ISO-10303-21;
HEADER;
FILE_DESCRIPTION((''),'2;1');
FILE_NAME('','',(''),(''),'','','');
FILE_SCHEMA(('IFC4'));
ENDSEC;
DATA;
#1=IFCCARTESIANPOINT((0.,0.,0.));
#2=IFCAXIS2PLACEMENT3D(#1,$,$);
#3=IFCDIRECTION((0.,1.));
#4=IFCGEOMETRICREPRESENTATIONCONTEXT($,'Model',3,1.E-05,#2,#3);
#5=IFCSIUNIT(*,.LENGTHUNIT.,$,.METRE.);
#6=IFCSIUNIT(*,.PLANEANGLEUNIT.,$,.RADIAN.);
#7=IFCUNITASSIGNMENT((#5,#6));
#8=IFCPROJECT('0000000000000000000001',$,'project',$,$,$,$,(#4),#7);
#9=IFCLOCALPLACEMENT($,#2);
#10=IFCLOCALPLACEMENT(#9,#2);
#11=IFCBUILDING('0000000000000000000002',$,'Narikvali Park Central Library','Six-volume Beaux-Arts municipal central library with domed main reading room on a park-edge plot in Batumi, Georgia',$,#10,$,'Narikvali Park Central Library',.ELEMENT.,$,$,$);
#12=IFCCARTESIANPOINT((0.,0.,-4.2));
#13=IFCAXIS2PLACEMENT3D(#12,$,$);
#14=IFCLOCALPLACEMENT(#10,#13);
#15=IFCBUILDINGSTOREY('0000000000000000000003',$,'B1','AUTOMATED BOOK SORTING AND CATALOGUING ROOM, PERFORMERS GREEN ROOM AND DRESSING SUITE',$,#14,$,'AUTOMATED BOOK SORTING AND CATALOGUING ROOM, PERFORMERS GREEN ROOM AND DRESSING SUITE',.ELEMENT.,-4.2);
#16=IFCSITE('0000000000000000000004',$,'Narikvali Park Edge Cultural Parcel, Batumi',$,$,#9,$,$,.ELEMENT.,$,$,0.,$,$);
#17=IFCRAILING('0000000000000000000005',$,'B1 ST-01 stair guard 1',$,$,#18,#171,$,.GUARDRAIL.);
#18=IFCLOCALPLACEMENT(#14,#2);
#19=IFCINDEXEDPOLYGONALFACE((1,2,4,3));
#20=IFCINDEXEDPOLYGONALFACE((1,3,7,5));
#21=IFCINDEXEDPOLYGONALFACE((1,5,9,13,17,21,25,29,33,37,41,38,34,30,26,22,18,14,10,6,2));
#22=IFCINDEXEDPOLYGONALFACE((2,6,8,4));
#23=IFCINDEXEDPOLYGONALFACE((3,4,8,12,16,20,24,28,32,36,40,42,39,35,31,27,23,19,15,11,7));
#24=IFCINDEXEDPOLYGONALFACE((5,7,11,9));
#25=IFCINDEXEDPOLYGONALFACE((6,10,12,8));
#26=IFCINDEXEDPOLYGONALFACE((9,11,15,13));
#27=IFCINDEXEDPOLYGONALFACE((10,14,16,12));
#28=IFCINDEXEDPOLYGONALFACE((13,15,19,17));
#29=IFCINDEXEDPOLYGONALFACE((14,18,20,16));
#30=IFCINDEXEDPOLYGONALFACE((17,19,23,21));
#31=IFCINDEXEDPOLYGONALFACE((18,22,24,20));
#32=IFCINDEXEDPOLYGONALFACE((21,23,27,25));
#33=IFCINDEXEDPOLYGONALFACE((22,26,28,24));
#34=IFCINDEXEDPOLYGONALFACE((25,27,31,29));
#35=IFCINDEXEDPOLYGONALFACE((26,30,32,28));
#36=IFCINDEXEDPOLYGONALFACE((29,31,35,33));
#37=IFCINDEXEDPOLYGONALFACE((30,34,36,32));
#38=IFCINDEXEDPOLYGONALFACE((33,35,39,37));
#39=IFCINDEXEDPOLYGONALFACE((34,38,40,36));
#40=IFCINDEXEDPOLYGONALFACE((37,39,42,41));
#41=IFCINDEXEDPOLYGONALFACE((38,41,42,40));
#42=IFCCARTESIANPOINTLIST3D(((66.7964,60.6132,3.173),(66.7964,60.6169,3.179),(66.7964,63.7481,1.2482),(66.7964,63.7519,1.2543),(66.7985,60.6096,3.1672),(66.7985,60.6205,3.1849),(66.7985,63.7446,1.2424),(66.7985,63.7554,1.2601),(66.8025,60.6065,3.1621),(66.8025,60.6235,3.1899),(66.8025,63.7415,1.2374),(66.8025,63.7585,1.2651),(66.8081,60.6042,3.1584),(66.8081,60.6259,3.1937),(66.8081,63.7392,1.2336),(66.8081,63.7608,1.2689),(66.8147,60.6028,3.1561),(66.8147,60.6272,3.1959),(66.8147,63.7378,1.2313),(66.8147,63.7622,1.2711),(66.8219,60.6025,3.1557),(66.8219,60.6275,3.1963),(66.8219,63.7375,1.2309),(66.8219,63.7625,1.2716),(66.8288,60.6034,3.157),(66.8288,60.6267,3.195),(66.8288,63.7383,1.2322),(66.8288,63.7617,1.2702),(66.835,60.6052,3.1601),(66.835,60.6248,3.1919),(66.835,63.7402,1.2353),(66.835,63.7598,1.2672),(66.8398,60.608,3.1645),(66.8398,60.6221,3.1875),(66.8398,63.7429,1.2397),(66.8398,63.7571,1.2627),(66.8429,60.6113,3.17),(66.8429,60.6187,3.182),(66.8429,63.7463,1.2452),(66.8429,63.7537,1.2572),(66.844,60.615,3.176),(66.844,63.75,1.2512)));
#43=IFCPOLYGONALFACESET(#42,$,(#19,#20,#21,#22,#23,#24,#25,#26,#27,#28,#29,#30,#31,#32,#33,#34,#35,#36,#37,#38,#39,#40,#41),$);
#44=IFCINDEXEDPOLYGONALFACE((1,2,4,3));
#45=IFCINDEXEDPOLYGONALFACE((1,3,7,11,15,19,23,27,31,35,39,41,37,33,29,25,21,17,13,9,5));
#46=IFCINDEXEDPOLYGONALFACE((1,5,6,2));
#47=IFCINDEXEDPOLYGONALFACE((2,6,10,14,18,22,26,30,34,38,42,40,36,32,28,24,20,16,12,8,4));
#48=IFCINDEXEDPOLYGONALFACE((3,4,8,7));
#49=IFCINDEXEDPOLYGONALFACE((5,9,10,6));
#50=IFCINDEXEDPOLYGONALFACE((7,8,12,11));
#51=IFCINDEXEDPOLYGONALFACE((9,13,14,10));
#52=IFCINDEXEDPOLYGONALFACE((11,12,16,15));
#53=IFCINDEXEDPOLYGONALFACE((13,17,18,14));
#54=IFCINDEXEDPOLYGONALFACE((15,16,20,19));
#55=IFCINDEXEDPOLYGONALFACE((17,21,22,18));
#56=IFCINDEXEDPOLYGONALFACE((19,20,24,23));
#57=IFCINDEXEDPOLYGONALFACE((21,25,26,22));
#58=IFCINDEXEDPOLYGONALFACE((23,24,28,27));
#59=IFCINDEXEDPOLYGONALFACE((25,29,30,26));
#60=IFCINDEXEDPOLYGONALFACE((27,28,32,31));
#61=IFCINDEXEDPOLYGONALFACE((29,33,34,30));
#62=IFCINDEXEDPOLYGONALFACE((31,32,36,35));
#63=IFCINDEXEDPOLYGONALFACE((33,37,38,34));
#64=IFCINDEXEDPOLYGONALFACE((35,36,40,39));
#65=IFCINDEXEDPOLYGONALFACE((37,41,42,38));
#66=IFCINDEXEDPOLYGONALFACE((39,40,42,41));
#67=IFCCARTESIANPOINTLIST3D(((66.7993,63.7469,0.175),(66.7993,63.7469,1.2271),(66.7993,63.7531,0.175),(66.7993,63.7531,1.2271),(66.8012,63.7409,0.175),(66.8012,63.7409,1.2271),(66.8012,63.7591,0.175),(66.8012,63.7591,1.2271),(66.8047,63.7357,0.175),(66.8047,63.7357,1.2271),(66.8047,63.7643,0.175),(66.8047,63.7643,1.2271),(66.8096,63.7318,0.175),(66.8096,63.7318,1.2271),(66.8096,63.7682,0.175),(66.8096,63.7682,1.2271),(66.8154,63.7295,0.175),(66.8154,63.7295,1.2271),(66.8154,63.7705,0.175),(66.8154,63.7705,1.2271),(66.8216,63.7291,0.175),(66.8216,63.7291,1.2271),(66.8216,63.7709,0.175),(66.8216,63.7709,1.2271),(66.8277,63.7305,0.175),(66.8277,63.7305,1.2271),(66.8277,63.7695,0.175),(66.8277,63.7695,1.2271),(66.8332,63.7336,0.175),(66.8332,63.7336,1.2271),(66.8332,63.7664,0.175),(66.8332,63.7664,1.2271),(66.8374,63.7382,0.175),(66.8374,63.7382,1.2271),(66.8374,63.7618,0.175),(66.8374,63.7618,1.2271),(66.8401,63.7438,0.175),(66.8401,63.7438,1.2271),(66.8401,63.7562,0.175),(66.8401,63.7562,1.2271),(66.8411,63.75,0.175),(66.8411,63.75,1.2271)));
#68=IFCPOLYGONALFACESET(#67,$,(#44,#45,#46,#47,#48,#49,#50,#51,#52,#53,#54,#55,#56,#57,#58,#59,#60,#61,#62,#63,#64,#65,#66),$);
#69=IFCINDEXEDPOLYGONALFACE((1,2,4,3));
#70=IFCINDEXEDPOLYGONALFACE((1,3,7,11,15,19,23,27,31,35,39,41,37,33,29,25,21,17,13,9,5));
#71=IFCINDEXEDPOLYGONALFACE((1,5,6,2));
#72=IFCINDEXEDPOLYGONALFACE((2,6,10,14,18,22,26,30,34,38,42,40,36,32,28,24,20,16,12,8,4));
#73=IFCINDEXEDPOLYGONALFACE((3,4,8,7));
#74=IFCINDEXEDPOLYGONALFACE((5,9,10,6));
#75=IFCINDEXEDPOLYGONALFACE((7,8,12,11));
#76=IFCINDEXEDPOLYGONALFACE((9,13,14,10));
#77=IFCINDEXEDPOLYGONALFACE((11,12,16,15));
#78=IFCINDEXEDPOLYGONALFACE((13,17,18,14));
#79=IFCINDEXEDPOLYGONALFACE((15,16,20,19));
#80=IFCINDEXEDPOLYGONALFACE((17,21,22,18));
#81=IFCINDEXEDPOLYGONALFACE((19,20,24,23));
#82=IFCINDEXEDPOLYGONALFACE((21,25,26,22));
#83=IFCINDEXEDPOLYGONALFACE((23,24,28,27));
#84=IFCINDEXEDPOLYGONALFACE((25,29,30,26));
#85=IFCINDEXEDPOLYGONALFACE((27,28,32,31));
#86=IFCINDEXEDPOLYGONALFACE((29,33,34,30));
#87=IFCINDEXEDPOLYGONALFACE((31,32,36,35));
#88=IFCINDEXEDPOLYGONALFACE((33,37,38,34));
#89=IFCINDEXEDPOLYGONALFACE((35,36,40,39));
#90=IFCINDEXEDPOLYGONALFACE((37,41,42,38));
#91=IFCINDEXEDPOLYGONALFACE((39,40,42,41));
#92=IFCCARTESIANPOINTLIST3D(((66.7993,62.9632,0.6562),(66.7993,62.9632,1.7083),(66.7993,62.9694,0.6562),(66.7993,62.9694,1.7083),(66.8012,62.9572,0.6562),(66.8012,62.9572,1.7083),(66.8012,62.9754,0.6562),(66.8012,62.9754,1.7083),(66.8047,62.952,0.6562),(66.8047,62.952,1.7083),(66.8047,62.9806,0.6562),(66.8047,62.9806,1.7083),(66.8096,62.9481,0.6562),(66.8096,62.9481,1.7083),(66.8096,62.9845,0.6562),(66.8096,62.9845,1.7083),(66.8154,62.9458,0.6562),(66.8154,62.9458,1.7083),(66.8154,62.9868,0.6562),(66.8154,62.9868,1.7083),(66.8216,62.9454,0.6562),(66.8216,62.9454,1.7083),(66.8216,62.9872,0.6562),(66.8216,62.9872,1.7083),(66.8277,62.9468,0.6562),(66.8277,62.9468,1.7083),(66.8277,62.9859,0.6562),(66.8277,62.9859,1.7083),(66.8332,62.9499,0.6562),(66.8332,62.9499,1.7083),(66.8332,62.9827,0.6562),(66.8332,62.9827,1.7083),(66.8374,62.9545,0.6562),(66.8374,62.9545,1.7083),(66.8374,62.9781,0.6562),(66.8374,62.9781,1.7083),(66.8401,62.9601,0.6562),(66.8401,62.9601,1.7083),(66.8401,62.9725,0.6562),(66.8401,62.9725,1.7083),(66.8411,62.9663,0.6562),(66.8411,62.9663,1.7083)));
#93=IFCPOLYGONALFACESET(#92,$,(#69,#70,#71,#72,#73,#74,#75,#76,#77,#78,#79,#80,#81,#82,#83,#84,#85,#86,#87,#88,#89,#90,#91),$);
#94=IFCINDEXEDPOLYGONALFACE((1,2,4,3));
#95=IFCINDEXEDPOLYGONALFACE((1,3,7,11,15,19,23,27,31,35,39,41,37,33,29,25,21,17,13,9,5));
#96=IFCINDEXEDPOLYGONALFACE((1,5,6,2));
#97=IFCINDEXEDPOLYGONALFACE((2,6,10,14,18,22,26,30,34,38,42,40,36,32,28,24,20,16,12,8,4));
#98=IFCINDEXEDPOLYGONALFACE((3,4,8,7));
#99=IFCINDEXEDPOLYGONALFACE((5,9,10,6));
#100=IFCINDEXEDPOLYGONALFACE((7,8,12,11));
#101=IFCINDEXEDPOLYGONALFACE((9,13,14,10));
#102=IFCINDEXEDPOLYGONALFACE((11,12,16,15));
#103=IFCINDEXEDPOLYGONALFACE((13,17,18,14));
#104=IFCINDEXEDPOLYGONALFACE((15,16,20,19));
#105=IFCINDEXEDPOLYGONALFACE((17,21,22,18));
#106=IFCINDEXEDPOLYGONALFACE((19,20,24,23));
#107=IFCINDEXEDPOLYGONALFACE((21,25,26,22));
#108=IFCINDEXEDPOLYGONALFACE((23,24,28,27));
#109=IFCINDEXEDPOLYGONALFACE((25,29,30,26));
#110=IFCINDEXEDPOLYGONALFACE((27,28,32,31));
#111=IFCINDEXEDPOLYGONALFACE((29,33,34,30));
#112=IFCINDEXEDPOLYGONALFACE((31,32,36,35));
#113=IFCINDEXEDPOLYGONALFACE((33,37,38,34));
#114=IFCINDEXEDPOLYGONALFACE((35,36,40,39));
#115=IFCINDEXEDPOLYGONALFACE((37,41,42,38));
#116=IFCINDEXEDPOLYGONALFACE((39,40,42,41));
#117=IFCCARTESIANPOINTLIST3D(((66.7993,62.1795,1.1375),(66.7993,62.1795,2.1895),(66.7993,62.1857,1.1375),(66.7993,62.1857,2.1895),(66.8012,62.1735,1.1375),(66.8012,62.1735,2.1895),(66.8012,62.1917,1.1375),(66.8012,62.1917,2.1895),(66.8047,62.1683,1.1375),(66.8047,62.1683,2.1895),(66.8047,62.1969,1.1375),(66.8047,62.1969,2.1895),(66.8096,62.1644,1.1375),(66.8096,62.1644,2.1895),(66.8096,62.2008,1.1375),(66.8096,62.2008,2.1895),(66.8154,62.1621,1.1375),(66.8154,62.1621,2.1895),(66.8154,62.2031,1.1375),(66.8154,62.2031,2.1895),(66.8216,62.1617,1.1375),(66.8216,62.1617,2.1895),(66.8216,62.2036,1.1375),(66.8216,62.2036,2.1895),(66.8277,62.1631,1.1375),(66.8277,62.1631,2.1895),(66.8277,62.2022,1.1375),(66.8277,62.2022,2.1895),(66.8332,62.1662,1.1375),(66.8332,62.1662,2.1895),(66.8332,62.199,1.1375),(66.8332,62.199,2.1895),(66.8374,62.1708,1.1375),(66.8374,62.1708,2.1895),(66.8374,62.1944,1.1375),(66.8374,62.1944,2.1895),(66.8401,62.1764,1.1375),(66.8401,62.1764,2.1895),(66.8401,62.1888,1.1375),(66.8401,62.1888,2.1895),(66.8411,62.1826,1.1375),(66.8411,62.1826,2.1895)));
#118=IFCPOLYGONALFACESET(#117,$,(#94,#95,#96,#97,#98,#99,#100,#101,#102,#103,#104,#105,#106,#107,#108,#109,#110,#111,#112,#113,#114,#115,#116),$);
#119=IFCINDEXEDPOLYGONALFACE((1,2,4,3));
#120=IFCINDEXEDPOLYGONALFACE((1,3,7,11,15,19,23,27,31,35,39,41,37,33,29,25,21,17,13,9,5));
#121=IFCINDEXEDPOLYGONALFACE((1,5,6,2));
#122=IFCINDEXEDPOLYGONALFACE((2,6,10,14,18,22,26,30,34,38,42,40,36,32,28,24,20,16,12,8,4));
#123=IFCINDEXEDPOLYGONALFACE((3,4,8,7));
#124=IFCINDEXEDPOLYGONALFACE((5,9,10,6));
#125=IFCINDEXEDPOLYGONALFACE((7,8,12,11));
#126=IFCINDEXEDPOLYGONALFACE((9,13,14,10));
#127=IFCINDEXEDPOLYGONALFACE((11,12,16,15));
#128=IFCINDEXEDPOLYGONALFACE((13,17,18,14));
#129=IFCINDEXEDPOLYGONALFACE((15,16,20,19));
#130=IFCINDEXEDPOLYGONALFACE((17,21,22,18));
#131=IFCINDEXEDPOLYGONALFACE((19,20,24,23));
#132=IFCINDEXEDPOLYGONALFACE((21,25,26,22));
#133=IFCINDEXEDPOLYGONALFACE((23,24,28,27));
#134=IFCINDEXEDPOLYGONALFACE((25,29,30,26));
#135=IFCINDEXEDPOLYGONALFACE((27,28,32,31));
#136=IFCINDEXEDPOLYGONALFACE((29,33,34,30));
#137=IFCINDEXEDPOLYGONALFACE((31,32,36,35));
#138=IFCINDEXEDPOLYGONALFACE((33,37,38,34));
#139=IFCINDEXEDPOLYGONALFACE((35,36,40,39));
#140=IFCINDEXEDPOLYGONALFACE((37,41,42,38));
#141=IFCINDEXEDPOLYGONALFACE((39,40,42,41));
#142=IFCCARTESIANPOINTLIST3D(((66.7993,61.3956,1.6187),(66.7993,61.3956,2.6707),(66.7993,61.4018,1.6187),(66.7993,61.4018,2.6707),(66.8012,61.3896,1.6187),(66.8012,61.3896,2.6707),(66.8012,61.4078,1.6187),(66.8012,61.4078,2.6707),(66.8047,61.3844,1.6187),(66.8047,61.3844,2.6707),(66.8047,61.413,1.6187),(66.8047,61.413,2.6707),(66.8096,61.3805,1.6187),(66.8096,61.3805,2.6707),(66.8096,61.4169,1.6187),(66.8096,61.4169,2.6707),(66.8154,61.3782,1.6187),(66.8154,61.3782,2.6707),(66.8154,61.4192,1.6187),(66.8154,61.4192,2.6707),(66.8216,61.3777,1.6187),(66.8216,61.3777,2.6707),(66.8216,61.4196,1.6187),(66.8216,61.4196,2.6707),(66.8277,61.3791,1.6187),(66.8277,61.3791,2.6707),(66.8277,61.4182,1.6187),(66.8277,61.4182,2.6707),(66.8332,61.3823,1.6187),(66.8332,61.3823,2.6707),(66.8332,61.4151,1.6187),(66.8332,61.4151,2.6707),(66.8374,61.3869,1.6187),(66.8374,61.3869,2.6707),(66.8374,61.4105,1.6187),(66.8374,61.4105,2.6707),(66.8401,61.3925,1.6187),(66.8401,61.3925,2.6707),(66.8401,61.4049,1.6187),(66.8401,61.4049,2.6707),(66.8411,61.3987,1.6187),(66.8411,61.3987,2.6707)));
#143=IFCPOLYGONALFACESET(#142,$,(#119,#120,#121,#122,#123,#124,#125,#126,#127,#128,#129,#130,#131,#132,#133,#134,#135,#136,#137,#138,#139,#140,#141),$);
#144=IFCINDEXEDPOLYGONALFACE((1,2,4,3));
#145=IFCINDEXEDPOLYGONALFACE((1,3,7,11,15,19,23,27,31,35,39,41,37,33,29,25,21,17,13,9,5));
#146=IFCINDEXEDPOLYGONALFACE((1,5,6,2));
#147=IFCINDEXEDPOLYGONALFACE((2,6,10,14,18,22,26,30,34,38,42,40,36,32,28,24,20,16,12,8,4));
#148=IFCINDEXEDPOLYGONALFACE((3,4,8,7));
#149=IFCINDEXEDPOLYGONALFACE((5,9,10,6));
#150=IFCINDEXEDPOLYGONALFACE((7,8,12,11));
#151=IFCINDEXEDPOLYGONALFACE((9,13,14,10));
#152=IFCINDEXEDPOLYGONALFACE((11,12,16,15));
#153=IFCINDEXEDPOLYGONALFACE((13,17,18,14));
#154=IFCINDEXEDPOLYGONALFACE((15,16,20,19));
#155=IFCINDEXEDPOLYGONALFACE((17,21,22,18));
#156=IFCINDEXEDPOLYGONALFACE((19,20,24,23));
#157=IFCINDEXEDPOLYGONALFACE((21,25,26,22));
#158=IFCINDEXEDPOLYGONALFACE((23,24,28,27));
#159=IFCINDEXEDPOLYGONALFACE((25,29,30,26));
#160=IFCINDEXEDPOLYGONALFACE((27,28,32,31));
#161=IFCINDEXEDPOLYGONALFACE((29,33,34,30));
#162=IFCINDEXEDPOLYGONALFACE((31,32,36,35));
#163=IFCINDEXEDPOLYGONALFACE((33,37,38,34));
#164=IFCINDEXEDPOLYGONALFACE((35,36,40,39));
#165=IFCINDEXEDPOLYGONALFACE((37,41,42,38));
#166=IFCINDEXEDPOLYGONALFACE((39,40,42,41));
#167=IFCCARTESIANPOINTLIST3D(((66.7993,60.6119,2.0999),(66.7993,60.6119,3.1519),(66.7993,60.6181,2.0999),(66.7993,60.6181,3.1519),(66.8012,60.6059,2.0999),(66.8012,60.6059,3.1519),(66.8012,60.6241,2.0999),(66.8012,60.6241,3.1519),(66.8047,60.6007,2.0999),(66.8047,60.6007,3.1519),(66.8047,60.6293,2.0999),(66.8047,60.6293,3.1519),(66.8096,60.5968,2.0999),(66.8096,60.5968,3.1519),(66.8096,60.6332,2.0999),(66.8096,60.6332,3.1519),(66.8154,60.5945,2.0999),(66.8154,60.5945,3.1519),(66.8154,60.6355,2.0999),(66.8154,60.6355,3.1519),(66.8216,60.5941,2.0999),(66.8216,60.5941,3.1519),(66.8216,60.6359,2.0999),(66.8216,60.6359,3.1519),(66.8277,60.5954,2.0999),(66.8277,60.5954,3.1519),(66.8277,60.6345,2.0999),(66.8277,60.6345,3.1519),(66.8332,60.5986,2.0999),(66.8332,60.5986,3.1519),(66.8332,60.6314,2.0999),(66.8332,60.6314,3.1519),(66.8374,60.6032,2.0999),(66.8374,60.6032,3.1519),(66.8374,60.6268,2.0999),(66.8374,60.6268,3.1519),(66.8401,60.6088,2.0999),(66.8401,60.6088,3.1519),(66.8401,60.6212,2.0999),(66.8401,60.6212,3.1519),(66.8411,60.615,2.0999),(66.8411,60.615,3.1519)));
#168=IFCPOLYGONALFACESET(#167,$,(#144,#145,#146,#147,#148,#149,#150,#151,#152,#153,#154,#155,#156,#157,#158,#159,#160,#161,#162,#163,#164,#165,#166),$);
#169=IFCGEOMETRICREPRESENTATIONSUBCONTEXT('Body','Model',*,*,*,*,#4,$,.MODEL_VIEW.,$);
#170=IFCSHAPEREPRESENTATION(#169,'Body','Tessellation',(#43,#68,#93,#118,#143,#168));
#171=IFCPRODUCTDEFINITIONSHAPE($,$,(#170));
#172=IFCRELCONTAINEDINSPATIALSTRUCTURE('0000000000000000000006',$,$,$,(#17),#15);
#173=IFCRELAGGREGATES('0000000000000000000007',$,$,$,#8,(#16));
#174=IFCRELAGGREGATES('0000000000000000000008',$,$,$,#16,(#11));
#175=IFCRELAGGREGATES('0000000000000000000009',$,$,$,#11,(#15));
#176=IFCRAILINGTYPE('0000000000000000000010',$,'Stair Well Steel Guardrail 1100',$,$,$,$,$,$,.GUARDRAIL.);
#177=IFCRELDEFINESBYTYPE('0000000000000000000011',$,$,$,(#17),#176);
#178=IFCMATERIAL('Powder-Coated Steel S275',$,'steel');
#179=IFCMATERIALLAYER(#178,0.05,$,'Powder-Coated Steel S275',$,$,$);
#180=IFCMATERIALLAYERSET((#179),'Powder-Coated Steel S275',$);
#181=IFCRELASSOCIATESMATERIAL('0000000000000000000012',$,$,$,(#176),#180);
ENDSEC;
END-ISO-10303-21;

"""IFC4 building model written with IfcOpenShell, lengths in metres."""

from ifc_helpers import new_model, si_unit, direction, frame, origin, origin_2d, place, context, subcontext, project, spatial, circle, extrude, material, layer, layer_set, type_object, element, save


model = new_model("IFC4")

# Units and contexts
model_context = context("Model", 3, precision=1e-05, world=origin(), true_north=direction((0.0, 1.0)))
body_context = subcontext(model_context, "Body", "Model", "MODEL_VIEW")
ifc_project = project(units=[si_unit("LENGTHUNIT", "METRE"), si_unit("PLANEANGLEUNIT", "RADIAN")], contexts=[model_context])

# Site, building, storey
site_placement = place(None, origin())
site = spatial("IfcSite", under=ifc_project, at=site_placement, Name="Narikvali Park Edge Cultural Parcel, Batumi", CompositionType="ELEMENT", RefElevation=0.0)
building_placement = place(site_placement, origin())
building = spatial("IfcBuilding", under=site, at=building_placement, Name="Narikvali Park Central Library", Description="Six-volume Beaux-Arts municipal central library with domed main reading room on a park-edge plot in Batumi, Georgia", LongName="Narikvali Park Central Library", CompositionType="ELEMENT")
storey_placement = place(building_placement, frame((0.0, 0.0, -4.2)))
storey = spatial("IfcBuildingStorey", under=building, at=storey_placement, Name="B1", Description="AUTOMATED BOOK SORTING AND CATALOGUING ROOM, PERFORMERS GREEN ROOM AND DRESSING SUITE", LongName="AUTOMATED BOOK SORTING AND CATALOGUING ROOM, PERFORMERS GREEN ROOM AND DRESSING SUITE", CompositionType="ELEMENT", Elevation=-4.2)

# Shared definitions
ifc_material_1 = material(Name="Powder-Coated Steel S275", Category="steel")

# Railing
ifc_layer_1 = layer(ifc_material_1, 0.05, Name="Powder-Coated Steel S275")
ifc_layer_set_1 = layer_set([ifc_layer_1], Name="Powder-Coated Steel S275")
railing_type_1 = type_object("IfcRailingType", Name="Stair Well Steel Guardrail 1100", PredefinedType="GUARDRAIL", material=ifc_layer_set_1)
railing_1_placement = place(storey_placement, frame((66.8201, 63.75, 0.175)))
element("IfcRailing", 1, at=railing_1_placement, inside=storey, type_object=railing_type_1, Name="B1 ST-01 stair guard 1", PredefinedType="GUARDRAIL", context=body_context, shape_type="SweptSolid", body=[
    extrude(circle(Radius=0.0239, at=origin_2d()), frame((0.0, 0.0, 1.0762), z_axis=(0.0, -0.852196, 0.523223), x_axis=(1.0, 0.0, 0.0)), (0.0, 0.0, 1.0), 3.6787),
    extrude(circle(Radius=0.021, at=origin_2d()), origin(), (0.0, 0.0, 1.0), 1.052),
    extrude(circle(Radius=0.021, at=origin_2d()), frame((0.0, -0.7837, 0.4812)), (0.0, 0.0, 1.0), 1.052),
    extrude(circle(Radius=0.021, at=origin_2d()), frame((0.0, -1.5674, 0.9624)), (0.0, 0.0, 1.0), 1.052),
    extrude(circle(Radius=0.021, at=origin_2d()), frame((0.0, -2.3513, 1.4436)), (0.0, 0.0, 1.0), 1.052),
    extrude(circle(Radius=0.021, at=origin_2d()), frame((0.0, -3.135, 1.9248)), (0.0, 0.0, 1.0), 1.052),
])

save(model, "model.ifc")
